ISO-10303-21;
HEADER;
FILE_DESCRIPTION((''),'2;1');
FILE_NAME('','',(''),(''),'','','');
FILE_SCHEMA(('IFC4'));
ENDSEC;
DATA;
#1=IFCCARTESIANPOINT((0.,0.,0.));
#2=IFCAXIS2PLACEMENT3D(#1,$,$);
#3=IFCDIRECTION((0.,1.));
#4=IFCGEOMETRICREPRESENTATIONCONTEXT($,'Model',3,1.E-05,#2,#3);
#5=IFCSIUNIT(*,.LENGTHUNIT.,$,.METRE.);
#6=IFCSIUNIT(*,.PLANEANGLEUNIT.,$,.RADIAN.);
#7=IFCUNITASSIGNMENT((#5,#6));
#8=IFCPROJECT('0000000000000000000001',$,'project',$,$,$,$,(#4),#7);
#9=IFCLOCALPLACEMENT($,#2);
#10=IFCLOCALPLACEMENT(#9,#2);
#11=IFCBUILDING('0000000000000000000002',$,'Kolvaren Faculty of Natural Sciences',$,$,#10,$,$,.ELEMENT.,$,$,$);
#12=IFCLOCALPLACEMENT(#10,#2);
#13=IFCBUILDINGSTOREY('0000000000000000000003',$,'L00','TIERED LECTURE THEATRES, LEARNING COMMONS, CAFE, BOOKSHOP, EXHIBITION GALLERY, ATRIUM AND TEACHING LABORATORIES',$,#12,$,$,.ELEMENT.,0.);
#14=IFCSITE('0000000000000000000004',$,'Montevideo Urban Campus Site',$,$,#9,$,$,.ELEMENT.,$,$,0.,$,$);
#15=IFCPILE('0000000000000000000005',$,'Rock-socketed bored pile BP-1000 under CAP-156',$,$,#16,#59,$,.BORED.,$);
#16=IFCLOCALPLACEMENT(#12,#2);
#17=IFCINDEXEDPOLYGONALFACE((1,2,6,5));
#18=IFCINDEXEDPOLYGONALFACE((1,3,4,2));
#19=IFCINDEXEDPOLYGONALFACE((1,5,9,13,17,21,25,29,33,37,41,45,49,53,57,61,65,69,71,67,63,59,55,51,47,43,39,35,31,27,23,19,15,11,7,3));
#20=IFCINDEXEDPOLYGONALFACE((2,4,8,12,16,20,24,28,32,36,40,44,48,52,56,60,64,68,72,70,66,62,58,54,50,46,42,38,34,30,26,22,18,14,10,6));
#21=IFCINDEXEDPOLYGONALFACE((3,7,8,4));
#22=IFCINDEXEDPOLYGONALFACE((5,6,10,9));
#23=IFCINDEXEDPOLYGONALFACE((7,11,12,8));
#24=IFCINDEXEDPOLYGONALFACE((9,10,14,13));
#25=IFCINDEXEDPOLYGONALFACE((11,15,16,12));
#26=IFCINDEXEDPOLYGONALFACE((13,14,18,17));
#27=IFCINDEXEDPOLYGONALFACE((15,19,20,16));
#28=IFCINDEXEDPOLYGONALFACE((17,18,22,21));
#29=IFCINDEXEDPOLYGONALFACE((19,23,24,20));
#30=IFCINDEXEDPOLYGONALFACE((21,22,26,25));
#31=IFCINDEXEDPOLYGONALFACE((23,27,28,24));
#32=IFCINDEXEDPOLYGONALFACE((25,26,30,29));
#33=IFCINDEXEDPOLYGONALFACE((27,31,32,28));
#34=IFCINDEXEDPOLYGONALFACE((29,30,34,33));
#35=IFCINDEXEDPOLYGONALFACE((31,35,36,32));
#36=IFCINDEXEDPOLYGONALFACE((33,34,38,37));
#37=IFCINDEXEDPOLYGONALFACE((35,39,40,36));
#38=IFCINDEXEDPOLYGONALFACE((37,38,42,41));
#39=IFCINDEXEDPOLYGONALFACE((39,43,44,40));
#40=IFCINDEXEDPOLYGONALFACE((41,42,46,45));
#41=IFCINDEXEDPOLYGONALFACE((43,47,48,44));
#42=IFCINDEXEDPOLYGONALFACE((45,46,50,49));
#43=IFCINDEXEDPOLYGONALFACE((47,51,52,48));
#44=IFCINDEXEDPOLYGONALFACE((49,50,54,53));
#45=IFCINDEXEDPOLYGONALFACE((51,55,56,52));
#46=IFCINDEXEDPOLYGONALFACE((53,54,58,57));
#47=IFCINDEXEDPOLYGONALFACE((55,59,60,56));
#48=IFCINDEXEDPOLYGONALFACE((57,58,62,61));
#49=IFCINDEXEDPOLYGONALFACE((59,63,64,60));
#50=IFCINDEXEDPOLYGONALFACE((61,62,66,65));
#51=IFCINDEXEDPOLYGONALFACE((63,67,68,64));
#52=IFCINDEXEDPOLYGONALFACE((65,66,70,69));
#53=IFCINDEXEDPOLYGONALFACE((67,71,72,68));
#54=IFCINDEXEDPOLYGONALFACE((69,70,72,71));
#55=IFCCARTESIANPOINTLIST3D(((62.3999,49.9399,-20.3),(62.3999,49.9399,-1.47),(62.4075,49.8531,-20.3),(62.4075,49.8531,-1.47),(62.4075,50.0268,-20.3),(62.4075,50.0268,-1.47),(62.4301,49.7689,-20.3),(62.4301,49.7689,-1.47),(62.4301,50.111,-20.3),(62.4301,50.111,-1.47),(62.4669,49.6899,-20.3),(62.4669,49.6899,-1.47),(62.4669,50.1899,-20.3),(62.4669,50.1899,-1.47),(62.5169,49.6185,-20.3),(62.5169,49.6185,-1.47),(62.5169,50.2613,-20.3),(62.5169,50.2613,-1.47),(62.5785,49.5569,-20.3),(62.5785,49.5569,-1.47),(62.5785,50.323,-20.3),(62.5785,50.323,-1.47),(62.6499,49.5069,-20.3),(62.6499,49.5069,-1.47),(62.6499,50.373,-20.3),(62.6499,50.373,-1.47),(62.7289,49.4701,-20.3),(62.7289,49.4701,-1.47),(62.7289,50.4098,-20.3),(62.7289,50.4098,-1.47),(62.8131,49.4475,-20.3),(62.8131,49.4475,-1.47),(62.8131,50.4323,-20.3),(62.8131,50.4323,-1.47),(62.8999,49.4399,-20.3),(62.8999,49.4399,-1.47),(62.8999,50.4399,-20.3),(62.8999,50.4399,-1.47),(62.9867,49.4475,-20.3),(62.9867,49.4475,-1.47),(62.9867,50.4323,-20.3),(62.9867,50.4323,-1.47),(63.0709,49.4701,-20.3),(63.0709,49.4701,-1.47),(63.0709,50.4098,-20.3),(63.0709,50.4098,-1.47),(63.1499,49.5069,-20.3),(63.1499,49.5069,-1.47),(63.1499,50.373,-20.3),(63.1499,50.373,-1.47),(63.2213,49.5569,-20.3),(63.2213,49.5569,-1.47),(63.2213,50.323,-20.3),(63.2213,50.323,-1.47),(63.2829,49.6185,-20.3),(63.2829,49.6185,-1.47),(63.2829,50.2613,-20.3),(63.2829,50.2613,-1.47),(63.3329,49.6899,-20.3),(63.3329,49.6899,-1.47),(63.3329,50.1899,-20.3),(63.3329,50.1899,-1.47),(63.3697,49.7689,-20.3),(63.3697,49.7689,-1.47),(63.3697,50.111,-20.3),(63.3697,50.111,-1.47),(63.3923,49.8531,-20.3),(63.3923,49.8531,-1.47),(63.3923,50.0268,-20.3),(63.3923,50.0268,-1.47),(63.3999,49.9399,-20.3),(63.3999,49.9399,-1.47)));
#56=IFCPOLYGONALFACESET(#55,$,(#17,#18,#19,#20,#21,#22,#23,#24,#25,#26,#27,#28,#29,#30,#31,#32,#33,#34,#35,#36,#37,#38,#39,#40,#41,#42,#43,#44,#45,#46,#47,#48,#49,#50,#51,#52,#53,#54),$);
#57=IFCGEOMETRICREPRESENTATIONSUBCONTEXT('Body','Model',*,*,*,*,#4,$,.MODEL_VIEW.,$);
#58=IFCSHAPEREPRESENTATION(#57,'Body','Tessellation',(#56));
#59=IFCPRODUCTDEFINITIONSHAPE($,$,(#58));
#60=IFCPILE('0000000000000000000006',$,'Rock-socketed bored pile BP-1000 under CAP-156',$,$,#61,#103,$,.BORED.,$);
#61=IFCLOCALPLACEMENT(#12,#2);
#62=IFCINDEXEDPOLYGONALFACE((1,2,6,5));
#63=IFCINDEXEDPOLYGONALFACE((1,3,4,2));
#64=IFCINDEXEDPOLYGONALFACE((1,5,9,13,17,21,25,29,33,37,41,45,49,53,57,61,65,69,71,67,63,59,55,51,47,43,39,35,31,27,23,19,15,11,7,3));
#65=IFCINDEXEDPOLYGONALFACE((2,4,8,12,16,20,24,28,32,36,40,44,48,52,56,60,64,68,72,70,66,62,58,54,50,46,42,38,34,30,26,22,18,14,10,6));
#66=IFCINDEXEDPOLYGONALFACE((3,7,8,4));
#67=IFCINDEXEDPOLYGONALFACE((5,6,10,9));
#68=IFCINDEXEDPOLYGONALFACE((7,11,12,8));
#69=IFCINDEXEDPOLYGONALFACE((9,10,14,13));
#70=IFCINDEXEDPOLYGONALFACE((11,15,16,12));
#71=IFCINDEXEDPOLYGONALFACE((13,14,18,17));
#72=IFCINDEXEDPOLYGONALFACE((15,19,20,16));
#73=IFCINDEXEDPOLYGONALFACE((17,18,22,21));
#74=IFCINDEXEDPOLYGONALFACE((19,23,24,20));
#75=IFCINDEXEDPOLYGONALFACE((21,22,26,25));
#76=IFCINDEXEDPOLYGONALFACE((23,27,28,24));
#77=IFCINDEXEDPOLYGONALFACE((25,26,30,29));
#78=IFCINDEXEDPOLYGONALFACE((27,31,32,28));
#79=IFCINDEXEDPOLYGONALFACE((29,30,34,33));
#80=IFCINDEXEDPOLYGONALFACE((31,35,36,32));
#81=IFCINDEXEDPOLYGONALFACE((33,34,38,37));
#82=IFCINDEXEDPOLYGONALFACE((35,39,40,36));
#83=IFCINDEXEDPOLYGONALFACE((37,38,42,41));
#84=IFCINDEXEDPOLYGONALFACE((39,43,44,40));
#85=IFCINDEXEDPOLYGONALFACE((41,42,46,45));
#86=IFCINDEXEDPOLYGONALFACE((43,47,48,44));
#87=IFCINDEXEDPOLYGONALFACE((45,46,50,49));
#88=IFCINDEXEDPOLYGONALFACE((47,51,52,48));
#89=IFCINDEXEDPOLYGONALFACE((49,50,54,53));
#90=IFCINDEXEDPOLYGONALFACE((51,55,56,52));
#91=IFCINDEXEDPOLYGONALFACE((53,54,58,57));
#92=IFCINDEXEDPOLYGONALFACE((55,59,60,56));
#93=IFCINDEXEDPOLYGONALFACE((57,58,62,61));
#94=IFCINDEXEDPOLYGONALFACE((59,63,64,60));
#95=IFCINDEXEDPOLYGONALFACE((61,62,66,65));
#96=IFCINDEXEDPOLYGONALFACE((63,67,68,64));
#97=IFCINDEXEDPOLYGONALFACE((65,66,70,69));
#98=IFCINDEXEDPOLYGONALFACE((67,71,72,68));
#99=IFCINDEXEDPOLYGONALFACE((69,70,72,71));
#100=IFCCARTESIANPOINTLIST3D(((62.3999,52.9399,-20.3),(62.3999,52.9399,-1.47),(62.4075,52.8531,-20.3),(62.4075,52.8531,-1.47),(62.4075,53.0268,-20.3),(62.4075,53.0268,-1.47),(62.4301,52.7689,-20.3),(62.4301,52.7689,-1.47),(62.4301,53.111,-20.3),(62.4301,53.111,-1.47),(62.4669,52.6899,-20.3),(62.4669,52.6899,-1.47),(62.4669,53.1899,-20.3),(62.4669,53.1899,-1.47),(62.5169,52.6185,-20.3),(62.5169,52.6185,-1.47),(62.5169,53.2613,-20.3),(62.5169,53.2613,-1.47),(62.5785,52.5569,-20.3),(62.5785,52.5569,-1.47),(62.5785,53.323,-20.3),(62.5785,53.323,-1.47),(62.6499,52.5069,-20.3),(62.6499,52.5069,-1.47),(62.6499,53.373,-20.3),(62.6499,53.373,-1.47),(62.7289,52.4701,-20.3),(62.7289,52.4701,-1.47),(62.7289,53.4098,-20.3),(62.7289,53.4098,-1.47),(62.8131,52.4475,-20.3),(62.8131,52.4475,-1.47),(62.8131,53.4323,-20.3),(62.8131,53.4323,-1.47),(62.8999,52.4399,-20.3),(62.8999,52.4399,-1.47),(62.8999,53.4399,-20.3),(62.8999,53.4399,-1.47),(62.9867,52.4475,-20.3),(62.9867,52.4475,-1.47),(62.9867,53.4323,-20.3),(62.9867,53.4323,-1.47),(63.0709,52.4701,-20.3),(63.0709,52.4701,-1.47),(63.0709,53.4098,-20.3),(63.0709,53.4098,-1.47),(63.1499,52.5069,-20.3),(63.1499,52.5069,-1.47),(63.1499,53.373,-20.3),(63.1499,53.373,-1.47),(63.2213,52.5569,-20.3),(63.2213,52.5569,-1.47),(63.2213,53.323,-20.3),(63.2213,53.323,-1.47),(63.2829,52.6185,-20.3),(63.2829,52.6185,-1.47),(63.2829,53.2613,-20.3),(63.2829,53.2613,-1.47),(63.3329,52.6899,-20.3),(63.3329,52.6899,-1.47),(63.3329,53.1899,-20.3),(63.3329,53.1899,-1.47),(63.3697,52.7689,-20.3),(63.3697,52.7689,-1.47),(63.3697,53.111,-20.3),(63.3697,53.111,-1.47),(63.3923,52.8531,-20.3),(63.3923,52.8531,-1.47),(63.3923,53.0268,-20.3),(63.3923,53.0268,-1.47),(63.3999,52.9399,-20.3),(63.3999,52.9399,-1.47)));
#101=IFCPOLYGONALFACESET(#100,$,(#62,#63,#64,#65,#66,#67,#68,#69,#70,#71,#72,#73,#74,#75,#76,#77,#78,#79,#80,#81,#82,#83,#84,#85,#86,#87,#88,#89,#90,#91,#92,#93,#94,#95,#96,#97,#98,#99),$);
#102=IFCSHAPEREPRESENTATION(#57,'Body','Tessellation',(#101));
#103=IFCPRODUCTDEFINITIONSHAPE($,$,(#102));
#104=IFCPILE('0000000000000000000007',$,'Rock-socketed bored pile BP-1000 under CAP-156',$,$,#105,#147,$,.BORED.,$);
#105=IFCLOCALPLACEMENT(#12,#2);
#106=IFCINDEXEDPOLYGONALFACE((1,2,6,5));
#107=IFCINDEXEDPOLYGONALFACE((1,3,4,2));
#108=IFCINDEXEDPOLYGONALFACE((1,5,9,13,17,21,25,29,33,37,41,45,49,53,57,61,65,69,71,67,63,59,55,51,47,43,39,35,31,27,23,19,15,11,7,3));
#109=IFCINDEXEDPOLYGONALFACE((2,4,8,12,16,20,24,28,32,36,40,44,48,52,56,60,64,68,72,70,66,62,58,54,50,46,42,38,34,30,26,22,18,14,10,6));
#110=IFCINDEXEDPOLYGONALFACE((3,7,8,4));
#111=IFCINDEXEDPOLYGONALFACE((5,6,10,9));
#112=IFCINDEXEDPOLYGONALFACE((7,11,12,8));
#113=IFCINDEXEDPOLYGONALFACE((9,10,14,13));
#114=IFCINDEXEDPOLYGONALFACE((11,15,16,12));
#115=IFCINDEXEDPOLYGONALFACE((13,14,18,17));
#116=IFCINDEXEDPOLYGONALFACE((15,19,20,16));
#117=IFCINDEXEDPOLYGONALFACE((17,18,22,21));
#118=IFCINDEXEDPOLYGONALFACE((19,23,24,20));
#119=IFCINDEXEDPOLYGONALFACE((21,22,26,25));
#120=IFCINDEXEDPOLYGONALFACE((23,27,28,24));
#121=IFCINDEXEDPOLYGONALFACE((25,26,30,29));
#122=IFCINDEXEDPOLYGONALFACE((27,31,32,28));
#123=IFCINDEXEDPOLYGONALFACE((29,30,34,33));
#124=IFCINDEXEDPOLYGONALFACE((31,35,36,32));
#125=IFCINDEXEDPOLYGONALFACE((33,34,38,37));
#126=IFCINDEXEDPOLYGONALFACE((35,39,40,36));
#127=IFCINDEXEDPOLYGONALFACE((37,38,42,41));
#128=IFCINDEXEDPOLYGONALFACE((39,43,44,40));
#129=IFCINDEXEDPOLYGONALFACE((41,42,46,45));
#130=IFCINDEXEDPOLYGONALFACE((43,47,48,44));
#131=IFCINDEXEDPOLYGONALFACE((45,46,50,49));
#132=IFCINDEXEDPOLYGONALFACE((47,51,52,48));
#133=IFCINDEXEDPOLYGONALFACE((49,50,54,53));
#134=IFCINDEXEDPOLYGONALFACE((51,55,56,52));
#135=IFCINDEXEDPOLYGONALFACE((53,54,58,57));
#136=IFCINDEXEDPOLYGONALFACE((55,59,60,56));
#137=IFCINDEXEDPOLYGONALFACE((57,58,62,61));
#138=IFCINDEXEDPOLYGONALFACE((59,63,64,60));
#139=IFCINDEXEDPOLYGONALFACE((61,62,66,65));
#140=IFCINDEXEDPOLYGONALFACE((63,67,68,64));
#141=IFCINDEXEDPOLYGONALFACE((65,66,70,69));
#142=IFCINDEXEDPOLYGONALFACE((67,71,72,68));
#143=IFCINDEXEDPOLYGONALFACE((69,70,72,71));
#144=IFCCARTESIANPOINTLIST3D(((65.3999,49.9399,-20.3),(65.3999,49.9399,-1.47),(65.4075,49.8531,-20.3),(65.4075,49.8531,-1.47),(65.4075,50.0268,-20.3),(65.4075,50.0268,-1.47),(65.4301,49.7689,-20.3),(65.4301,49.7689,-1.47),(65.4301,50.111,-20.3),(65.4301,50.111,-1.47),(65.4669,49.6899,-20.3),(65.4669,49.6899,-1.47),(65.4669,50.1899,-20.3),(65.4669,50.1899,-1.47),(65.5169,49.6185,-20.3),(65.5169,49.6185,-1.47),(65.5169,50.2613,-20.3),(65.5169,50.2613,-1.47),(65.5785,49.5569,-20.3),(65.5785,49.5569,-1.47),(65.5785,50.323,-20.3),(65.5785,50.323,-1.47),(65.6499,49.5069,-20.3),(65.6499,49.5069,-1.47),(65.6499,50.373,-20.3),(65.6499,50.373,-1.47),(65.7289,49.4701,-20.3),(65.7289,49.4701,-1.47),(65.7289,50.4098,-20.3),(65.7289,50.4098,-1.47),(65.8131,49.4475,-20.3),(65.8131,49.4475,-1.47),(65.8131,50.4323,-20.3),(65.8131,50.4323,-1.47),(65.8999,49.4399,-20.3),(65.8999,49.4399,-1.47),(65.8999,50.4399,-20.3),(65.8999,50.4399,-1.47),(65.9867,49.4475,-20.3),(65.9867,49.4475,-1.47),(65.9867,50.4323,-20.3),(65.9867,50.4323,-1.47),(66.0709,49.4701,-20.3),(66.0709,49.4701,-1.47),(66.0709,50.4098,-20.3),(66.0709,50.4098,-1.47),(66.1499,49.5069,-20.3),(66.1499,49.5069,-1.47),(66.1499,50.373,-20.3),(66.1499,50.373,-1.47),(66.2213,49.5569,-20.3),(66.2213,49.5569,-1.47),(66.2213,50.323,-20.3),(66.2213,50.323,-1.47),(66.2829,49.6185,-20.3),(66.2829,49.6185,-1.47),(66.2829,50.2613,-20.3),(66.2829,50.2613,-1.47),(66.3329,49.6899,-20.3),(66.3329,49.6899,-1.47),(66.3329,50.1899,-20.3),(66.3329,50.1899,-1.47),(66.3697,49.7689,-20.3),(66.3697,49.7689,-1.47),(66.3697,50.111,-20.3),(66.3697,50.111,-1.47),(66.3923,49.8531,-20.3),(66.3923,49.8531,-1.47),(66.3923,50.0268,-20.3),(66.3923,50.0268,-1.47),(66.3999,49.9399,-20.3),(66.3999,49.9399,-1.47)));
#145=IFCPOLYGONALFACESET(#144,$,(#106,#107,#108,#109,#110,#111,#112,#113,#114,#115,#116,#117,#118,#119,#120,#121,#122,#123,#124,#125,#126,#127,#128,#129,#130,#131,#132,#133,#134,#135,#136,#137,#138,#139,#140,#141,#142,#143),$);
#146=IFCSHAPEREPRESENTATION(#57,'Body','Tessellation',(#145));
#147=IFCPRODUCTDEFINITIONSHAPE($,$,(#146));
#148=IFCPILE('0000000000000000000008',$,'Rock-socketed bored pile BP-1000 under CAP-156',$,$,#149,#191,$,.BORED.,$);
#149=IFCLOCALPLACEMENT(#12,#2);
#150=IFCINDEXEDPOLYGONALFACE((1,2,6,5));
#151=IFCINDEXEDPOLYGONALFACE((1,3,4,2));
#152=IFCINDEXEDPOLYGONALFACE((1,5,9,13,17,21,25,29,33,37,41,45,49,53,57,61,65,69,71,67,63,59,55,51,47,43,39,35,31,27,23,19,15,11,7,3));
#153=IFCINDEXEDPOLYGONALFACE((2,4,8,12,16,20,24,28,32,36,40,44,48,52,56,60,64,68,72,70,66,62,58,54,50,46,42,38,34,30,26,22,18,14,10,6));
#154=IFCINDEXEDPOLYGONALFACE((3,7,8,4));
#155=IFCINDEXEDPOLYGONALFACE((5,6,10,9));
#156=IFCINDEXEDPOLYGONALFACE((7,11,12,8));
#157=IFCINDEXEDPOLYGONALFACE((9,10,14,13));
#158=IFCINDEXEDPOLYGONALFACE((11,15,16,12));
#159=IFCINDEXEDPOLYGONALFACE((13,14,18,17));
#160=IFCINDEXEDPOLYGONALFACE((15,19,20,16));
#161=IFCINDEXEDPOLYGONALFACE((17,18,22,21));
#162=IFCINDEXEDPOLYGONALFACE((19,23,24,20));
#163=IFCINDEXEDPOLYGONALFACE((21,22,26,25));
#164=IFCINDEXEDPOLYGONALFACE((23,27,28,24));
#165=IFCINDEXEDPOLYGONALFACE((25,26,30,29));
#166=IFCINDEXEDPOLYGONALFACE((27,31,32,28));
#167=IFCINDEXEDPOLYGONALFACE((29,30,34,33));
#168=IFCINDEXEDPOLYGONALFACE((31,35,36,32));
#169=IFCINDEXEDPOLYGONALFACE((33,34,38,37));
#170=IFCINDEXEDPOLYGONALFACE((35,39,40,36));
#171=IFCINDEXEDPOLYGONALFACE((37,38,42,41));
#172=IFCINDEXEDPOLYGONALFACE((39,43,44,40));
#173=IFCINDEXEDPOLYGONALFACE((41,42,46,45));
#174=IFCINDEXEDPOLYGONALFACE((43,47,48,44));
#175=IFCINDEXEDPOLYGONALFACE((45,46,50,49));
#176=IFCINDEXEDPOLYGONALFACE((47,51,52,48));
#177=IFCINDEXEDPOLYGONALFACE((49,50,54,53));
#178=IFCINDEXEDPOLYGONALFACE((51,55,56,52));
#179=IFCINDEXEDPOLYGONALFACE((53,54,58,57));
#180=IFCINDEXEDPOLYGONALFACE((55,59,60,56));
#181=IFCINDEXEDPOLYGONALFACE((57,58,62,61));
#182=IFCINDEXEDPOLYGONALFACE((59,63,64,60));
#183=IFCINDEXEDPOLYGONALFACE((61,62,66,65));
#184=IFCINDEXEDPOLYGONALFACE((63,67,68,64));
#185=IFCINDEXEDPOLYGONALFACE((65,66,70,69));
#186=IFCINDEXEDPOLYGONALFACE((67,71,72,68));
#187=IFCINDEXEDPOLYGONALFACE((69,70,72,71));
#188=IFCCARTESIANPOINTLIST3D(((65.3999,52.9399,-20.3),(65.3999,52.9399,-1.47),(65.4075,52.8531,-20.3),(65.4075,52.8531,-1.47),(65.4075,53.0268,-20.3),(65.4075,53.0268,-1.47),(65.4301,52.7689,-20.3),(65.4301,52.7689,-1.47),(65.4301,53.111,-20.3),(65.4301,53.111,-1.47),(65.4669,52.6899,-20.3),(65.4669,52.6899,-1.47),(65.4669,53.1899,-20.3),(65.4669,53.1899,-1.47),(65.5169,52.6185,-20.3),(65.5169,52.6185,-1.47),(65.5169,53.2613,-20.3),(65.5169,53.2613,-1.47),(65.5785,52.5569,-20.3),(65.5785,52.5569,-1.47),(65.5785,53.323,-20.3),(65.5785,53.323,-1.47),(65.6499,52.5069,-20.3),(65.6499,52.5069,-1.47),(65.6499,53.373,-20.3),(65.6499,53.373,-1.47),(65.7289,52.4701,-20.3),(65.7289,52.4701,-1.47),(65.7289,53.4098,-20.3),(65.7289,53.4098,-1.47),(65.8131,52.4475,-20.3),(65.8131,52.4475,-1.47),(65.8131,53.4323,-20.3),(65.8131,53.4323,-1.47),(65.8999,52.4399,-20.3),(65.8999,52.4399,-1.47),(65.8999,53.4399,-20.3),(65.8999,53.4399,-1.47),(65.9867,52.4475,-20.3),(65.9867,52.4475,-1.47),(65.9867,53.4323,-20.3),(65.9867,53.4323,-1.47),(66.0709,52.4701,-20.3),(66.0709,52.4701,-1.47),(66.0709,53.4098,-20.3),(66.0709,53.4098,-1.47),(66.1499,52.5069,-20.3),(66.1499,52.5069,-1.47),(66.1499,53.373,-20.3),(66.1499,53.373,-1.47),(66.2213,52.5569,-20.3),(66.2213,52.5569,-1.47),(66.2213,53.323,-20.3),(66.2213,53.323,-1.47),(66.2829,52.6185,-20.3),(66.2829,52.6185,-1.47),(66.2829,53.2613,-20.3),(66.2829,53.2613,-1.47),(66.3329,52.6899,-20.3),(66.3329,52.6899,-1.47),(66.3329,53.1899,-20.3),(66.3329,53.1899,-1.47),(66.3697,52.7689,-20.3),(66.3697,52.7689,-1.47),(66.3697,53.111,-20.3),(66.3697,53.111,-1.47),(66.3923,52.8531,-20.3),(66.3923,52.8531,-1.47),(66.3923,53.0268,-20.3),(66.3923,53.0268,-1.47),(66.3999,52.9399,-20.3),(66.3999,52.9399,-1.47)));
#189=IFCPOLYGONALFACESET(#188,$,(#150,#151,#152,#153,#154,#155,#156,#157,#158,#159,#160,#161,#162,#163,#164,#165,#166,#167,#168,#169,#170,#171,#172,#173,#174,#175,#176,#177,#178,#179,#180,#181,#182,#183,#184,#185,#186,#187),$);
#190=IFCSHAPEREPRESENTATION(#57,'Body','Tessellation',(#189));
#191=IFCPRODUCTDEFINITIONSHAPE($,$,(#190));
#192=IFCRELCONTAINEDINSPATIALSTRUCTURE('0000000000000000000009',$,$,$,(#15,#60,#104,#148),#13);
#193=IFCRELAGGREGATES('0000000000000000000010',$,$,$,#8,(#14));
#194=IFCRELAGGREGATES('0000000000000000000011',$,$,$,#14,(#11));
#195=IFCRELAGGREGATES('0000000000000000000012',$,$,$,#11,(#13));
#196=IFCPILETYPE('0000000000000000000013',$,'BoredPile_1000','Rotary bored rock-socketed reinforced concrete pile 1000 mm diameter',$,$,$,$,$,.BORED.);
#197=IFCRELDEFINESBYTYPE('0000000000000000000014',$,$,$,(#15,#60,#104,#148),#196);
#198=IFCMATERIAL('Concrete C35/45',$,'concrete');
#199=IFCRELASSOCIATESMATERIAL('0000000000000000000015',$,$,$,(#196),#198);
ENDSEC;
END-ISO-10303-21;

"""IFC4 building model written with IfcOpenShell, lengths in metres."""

from ifc_helpers import new_model, si_unit, direction, frame, origin, origin_2d, place, context, subcontext, project, spatial, circle, extrude, material, material_profile, profile_set, type_object, element, save


model = new_model("IFC4")

# Units and contexts
model_context = context("Model", 3, precision=1e-05, world=origin(), true_north=direction((0.0, 1.0)))
body_context = subcontext(model_context, "Body", "Model", "MODEL_VIEW")
ifc_project = project(units=[si_unit("LENGTHUNIT", "METRE"), si_unit("PLANEANGLEUNIT", "RADIAN")], contexts=[model_context])

# Site, building, storey
site_placement = place(None, origin())
site = spatial("IfcSite", under=ifc_project, at=site_placement, Name="Montevideo Urban Campus Site", CompositionType="ELEMENT", RefElevation=0.0)
building_placement = place(site_placement, origin())
building = spatial("IfcBuilding", under=site, at=building_placement, Name="Kolvaren Faculty of Natural Sciences", CompositionType="ELEMENT")
storey_placement = place(building_placement, origin())
storey = spatial("IfcBuildingStorey", under=building, at=storey_placement, Name="L00", Description="TIERED LECTURE THEATRES, LEARNING COMMONS, CAFE, BOOKSHOP, EXHIBITION GALLERY, ATRIUM AND TEACHING LABORATORIES", CompositionType="ELEMENT", Elevation=0.0)

# Piles
ifc_material_1 = material(Name="Concrete C35/45", Category="concrete")
ifc_material_profile_1 = material_profile(ifc_material_1, circle(Radius=0.5, at=origin_2d()), Name="PILE D1000")
ifc_profile_set_1 = profile_set([ifc_material_profile_1], Name="Concrete C35/45")
pile_type = type_object("IfcPileType", Name="BoredPile_1000", Description="Rotary bored rock-socketed reinforced concrete pile 1000 mm diameter", PredefinedType="BORED", material=ifc_profile_set_1)
for number, where, z_axis, x_axis, name in (
    (1, (62.8999, 49.9399, -1.47), (0.0, 0.0, -1.0), (1.0, 0.0, 0.0), "Rock-socketed bored pile BP-1000 under CAP-156"),
    (2, (62.8999, 52.9399, -1.47), (0.0, 0.0, -1.0), (1.0, 0.0, 0.0), "Rock-socketed bored pile BP-1000 under CAP-156"),
    (3, (65.8999, 49.9399, -1.47), (0.0, 0.0, -1.0), (1.0, 0.0, 0.0), "Rock-socketed bored pile BP-1000 under CAP-156"),
    (4, (65.8999, 52.9399, -1.47), (0.0, 0.0, -1.0), (1.0, 0.0, 0.0), "Rock-socketed bored pile BP-1000 under CAP-156"),
):
    element("IfcPile", number, at=place(storey_placement, frame(where, z_axis=z_axis, x_axis=x_axis)), inside=storey, type_object=pile_type, Name=name, PredefinedType="BORED", context=body_context, shape_type="SweptSolid", body=[
        extrude(circle(Radius=0.5, at=origin_2d()), origin(), (0.0, 0.0, 1.0), 18.8301),
    ])

save(model, "model.ifc")
